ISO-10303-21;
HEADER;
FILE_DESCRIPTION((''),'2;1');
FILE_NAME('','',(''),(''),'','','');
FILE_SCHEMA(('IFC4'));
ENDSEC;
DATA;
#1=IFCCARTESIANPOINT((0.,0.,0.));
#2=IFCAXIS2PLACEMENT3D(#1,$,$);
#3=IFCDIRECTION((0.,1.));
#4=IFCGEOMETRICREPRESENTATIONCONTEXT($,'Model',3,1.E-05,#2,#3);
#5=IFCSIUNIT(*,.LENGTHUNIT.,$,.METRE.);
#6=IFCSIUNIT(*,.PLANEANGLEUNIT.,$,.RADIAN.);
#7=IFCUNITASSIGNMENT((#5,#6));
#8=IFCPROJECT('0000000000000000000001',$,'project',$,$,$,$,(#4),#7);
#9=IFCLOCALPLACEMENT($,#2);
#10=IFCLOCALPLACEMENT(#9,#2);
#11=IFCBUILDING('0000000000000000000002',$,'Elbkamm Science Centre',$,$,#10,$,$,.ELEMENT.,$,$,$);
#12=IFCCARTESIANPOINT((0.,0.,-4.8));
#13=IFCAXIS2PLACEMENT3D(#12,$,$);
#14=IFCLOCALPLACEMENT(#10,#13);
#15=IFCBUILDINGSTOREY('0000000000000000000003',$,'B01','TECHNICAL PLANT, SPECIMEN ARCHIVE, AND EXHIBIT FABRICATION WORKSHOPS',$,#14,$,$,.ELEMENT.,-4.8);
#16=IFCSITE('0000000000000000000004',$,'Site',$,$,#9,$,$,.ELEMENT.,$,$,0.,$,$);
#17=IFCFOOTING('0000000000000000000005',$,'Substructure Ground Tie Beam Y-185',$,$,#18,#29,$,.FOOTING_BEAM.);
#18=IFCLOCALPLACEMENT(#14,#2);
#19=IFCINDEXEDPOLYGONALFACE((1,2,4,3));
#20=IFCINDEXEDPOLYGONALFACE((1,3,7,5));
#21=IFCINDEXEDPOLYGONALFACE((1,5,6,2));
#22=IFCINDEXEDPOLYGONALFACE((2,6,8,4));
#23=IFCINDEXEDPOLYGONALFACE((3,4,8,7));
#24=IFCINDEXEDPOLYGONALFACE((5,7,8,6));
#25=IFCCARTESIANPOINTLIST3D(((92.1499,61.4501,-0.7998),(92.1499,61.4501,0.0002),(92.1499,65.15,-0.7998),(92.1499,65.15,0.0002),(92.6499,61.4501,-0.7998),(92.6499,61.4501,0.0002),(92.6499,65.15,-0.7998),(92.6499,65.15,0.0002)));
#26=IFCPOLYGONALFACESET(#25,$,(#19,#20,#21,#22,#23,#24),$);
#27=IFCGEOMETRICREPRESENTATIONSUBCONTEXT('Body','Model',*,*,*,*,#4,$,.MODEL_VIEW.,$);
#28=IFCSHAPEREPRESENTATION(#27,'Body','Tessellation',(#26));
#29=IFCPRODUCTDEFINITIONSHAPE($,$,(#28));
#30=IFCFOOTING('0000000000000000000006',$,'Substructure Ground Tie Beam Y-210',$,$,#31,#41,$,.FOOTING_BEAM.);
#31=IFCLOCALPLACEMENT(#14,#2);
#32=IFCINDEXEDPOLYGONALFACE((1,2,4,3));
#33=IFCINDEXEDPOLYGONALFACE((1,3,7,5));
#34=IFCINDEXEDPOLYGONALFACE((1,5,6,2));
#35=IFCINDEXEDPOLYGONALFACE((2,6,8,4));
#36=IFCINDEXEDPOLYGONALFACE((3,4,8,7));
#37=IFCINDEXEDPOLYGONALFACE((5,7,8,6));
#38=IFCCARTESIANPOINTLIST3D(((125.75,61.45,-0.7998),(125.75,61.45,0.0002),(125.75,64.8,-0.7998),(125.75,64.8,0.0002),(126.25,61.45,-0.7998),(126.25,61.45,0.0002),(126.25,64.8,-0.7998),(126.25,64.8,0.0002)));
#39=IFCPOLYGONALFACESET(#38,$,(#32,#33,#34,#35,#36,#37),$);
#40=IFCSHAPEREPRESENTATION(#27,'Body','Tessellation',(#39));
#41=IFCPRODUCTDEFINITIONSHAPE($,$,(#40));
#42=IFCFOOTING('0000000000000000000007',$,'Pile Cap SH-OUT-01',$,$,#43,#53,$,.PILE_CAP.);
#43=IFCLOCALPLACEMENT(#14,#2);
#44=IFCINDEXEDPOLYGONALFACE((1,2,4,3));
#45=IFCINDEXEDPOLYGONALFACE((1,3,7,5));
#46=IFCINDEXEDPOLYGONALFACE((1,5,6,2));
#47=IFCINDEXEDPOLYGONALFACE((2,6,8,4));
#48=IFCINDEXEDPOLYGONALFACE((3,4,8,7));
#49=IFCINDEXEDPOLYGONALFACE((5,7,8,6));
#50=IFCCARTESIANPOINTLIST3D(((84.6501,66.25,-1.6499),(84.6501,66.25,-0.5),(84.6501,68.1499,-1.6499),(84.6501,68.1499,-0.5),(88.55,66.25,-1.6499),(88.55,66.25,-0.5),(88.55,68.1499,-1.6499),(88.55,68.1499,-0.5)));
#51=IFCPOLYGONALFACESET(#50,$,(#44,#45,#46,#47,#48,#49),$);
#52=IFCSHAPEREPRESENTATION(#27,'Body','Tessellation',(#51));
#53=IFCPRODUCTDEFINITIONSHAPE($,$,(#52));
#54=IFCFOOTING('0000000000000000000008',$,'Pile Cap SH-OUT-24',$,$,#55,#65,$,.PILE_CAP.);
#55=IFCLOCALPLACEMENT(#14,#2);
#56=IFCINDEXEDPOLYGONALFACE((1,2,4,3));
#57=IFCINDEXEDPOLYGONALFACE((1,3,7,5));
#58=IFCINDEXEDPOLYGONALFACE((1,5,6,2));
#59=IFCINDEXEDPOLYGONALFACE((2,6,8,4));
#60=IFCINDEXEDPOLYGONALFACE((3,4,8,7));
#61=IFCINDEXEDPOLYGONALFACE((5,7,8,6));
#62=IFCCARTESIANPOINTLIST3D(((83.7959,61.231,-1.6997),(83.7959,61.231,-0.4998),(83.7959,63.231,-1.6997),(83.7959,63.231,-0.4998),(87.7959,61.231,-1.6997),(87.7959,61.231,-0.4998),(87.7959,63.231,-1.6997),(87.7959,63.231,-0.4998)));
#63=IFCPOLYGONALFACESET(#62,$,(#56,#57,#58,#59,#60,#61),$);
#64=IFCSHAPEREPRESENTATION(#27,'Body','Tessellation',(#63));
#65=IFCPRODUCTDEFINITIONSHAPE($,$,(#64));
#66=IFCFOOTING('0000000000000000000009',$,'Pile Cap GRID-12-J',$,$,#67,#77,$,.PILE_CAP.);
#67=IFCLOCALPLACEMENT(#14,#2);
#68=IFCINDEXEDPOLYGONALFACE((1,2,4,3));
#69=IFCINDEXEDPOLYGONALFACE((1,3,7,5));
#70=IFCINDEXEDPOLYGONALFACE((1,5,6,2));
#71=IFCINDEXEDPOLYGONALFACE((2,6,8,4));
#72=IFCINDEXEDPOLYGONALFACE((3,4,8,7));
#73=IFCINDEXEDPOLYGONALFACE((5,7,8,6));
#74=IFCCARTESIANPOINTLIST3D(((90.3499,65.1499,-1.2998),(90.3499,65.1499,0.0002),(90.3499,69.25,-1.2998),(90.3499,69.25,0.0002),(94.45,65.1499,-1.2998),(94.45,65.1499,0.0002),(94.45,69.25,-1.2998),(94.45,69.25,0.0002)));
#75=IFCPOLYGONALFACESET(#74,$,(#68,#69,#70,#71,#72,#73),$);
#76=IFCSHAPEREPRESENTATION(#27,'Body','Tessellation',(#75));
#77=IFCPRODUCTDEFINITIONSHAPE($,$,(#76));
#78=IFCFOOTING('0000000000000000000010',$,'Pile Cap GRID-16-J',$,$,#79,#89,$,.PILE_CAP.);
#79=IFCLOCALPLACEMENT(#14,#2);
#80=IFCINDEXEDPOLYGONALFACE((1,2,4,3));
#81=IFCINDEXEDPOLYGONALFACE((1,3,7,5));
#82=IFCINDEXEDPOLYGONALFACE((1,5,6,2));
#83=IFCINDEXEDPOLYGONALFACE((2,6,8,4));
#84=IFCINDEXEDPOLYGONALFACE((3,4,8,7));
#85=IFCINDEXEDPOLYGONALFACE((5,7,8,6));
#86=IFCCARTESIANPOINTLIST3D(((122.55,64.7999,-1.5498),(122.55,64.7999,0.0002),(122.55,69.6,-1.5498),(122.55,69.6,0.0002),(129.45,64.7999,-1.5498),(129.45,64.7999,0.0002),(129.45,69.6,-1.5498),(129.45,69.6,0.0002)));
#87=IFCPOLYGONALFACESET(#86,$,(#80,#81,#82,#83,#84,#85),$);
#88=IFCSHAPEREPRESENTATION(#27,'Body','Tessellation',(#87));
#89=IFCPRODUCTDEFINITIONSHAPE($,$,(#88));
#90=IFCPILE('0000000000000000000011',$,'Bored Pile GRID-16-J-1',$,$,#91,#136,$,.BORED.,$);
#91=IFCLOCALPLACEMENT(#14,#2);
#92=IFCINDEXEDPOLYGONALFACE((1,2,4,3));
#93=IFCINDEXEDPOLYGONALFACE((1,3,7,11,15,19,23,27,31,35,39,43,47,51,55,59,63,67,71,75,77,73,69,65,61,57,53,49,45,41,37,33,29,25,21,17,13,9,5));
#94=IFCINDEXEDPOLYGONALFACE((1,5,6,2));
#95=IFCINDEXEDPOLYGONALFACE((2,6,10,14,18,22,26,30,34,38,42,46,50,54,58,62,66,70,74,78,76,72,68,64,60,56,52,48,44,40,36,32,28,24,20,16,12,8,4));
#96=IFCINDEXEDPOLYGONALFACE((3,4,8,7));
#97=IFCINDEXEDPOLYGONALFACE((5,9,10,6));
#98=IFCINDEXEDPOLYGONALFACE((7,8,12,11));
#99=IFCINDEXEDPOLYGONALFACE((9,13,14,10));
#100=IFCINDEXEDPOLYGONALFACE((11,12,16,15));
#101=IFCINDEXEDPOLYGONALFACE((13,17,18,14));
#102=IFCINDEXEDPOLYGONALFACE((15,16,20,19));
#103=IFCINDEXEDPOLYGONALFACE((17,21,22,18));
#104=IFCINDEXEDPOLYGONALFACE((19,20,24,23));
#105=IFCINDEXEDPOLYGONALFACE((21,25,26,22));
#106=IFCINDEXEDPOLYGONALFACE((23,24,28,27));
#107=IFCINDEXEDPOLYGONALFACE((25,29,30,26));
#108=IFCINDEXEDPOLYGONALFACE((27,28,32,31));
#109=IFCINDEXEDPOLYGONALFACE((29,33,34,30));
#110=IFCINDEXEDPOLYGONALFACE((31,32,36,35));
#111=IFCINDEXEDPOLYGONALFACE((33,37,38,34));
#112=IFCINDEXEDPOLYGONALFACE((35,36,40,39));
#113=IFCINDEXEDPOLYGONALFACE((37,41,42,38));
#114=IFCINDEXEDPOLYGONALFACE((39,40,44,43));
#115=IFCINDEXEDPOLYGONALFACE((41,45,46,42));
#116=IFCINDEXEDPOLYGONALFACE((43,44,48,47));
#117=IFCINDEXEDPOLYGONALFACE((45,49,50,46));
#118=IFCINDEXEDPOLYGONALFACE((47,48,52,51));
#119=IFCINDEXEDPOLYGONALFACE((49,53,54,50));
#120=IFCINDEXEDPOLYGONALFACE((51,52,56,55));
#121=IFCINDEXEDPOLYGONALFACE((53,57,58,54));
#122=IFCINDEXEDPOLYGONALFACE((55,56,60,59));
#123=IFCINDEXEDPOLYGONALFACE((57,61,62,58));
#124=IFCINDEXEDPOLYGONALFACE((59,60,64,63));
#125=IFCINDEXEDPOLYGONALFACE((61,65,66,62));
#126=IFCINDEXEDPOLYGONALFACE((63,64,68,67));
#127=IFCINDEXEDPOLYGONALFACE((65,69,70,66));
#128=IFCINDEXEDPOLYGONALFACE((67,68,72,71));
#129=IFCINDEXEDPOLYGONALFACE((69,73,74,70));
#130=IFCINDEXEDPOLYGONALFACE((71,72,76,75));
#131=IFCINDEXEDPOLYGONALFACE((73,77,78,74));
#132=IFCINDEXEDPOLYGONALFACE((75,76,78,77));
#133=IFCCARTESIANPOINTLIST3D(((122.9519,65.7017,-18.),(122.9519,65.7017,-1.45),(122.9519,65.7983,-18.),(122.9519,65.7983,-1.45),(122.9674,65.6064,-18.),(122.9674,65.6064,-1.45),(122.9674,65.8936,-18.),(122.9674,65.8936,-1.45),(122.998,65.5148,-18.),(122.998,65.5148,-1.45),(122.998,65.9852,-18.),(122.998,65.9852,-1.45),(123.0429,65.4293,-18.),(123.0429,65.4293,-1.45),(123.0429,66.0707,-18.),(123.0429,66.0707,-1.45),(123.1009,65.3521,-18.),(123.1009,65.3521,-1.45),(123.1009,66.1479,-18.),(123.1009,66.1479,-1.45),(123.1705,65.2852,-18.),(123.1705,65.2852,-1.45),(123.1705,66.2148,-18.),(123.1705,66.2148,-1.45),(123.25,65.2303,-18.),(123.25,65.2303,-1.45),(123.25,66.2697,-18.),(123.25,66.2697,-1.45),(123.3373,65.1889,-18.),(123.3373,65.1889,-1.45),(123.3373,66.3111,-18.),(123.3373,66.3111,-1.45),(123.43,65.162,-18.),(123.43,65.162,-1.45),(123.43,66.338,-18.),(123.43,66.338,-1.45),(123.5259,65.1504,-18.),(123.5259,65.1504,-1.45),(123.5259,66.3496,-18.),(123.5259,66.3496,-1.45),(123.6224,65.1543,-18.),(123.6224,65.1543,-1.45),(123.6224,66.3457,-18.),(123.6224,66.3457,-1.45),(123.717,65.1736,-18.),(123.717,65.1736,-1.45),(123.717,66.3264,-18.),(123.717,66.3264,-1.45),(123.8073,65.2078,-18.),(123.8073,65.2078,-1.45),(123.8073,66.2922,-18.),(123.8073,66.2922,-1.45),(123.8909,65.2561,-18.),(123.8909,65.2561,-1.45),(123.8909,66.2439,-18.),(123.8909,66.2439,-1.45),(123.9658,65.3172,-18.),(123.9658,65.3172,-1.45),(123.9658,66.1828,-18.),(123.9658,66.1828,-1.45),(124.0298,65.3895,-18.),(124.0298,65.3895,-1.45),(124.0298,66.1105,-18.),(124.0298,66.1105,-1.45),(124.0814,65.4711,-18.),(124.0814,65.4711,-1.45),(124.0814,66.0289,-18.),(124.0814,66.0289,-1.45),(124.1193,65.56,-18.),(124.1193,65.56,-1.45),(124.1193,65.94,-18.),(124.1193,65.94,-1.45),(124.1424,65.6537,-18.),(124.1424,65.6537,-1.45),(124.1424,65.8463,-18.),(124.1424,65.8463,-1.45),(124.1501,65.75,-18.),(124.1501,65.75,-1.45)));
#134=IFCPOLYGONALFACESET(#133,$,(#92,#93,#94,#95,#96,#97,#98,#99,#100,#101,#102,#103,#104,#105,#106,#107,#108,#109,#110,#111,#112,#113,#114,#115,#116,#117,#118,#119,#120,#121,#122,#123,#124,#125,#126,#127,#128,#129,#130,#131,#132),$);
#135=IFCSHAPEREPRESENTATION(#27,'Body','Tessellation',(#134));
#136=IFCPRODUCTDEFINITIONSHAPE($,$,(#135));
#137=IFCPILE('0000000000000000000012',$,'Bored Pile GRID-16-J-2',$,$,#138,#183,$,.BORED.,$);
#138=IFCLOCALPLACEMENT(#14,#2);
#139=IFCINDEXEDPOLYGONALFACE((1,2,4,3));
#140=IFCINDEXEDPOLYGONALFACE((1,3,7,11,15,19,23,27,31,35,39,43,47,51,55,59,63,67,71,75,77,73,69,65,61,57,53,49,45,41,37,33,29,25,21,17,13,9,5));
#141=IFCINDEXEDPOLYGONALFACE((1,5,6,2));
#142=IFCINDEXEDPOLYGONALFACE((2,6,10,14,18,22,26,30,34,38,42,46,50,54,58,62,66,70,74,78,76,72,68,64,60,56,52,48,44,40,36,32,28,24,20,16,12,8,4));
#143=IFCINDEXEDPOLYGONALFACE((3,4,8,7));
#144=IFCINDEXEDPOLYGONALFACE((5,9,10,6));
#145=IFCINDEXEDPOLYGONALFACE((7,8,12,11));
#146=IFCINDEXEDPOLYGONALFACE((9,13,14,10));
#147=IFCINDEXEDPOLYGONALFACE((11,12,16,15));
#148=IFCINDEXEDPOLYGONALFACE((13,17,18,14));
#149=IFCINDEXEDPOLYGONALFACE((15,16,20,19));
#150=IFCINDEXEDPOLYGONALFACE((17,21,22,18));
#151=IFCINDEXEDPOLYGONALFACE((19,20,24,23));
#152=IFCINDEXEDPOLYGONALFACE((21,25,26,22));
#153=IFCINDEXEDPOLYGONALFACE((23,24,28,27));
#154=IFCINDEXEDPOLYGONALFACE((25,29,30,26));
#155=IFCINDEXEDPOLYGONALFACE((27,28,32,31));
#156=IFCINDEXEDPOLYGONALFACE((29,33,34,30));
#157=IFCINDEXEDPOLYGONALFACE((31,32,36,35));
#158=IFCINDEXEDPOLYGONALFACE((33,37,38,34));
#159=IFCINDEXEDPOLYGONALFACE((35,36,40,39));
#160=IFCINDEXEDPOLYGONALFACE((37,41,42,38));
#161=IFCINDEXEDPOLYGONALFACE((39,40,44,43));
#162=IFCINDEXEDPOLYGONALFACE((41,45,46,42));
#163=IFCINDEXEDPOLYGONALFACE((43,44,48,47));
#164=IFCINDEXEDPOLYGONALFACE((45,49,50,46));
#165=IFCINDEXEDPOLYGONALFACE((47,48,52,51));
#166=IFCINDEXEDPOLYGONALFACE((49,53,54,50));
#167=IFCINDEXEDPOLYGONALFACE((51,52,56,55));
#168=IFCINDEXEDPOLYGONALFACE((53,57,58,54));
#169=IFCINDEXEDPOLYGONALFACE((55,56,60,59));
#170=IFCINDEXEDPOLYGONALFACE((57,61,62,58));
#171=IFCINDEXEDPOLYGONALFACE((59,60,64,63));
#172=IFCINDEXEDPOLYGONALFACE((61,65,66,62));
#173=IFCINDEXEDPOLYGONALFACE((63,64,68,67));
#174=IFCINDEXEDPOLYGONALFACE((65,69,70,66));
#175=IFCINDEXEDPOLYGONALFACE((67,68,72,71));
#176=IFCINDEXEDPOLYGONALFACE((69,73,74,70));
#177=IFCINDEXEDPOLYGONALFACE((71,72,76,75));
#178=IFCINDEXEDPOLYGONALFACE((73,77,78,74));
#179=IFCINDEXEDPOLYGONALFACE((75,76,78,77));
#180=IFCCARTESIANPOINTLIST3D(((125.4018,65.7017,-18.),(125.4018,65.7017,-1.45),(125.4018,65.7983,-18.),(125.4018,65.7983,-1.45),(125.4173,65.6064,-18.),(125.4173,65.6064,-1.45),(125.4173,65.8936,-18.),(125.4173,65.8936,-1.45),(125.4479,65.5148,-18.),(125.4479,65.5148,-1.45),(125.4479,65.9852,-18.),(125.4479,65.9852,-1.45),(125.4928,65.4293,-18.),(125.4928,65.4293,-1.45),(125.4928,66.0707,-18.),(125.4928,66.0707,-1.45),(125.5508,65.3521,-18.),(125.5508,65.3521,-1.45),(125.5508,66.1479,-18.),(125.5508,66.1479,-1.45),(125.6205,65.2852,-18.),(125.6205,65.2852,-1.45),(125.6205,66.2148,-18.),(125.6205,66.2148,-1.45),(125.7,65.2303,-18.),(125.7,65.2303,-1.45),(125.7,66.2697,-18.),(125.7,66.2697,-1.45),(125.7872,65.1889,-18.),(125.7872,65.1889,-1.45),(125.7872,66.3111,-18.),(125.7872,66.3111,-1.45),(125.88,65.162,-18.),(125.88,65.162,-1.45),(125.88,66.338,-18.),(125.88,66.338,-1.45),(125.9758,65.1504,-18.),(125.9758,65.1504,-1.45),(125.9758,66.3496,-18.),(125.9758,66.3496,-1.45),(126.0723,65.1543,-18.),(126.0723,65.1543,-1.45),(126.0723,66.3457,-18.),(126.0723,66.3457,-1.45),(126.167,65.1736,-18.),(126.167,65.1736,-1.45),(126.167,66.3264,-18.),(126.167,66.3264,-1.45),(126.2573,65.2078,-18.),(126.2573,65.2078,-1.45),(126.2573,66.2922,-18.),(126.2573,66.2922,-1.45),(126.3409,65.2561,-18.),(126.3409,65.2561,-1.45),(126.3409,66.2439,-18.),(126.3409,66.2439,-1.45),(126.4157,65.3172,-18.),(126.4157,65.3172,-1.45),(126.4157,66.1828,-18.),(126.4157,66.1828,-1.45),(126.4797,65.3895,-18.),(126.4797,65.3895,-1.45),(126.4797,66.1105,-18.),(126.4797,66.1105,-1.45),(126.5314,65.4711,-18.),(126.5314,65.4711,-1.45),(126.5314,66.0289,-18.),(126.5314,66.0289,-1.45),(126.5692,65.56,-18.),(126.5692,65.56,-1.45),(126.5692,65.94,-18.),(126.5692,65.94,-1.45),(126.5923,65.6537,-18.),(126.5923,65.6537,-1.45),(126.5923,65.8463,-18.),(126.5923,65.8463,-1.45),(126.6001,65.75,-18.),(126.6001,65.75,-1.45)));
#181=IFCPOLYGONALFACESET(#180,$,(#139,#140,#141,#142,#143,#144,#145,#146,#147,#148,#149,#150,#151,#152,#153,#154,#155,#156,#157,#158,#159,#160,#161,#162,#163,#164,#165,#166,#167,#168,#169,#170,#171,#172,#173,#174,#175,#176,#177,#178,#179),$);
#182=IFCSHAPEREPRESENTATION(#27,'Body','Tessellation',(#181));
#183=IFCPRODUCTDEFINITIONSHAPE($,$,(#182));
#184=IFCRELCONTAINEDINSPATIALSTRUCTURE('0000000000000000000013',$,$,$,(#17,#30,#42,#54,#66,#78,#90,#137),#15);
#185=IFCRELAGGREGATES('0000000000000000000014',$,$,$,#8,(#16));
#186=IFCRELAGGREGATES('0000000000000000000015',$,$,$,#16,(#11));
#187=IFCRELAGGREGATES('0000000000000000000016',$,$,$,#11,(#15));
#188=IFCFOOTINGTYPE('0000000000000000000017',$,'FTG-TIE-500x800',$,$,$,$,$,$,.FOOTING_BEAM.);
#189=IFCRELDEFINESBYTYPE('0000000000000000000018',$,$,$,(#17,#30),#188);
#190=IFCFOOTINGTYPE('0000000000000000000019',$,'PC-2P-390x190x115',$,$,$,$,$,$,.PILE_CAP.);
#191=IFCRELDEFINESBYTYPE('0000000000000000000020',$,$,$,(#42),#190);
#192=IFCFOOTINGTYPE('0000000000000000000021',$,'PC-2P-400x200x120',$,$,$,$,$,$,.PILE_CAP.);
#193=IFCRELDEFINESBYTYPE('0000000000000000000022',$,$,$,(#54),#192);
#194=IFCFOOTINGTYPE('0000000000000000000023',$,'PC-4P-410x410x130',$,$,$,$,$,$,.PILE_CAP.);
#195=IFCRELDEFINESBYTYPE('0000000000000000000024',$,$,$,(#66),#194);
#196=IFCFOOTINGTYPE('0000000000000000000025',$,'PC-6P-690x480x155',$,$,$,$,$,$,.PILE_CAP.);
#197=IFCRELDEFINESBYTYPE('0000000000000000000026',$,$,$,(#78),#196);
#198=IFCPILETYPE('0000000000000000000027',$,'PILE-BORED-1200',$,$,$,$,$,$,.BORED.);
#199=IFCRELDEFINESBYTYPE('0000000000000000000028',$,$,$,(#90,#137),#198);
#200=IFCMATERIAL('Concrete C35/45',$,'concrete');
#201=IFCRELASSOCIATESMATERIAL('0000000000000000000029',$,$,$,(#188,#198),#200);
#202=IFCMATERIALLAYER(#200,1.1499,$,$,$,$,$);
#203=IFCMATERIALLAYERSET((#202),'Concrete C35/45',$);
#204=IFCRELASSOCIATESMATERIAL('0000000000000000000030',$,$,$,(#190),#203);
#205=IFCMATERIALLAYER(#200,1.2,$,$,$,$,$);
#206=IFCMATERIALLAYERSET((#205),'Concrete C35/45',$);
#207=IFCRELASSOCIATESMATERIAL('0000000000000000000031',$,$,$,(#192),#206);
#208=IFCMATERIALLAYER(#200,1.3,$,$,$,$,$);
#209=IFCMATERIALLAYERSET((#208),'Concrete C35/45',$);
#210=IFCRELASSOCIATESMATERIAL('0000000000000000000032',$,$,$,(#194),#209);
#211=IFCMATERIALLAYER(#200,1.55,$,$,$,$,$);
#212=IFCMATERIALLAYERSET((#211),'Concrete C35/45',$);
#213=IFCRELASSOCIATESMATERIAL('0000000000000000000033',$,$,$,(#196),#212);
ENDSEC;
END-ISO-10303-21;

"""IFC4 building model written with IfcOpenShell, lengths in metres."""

from ifc_helpers import new_model, si_unit, direction, frame, origin, origin_2d, place, context, subcontext, project, spatial, rectangle, circle, extrude, material, layer, layer_set, material_profile, profile_set, type_object, element, save


model = new_model("IFC4")

# Units and contexts
model_context = context("Model", 3, precision=1e-05, world=origin(), true_north=direction((0.0, 1.0)))
body_context = subcontext(model_context, "Body", "Model", "MODEL_VIEW")
ifc_project = project(units=[si_unit("LENGTHUNIT", "METRE"), si_unit("PLANEANGLEUNIT", "RADIAN")], contexts=[model_context])

# Site, building, storey
site_placement = place(None, origin())
site = spatial("IfcSite", under=ifc_project, at=site_placement, Name="Site", CompositionType="ELEMENT", RefElevation=0.0)
building_placement = place(site_placement, origin())
building = spatial("IfcBuilding", under=site, at=building_placement, Name="Elbkamm Science Centre", CompositionType="ELEMENT")
storey_placement = place(building_placement, frame((0.0, 0.0, -4.8)))
storey = spatial("IfcBuildingStorey", under=building, at=storey_placement, Name="B01", Description="TECHNICAL PLANT, SPECIMEN ARCHIVE, AND EXHIBIT FABRICATION WORKSHOPS", CompositionType="ELEMENT", Elevation=-4.8)

# Footings
ifc_material_1 = material(Name="Concrete C35/45", Category="concrete")
footing_type_1 = type_object("IfcFootingType", Name="FTG-TIE-500x800", PredefinedType="FOOTING_BEAM", material=ifc_material_1)
footing_1_placement = place(storey_placement, frame((92.3999, 63.3, -0.7998), z_axis=(0.0, 0.0, 1.0), x_axis=(1.0, 0.0, 0.0)))
element("IfcFooting", 1, at=footing_1_placement, inside=storey, type_object=footing_type_1, Name="Substructure Ground Tie Beam Y-185", PredefinedType="FOOTING_BEAM", context=body_context, shape_type="SweptSolid", body=[
    extrude(rectangle(XDim=0.5, YDim=3.7, at=origin_2d()), origin(), (0.0, 0.0, 1.0), 0.8),
])
footing_2_placement = place(storey_placement, frame((126.0, 63.125, -0.7998), z_axis=(0.0, 0.0, 1.0), x_axis=(1.0, 0.0, 0.0)))
element("IfcFooting", 2, at=footing_2_placement, inside=storey, type_object=footing_type_1, Name="Substructure Ground Tie Beam Y-210", PredefinedType="FOOTING_BEAM", context=body_context, shape_type="SweptSolid", body=[
    extrude(rectangle(XDim=0.5, YDim=3.3501, at=origin_2d()), origin(), (0.0, 0.0, 1.0), 0.8),
])
ifc_layer_1 = layer(ifc_material_1, 1.1499)
ifc_layer_set_1 = layer_set([ifc_layer_1], Name="Concrete C35/45")
footing_type_2 = type_object("IfcFootingType", Name="PC-2P-390x190x115", PredefinedType="PILE_CAP", material=ifc_layer_set_1)
footing_3_placement = place(storey_placement, frame((86.6001, 67.2, -1.6499), z_axis=(0.0, 0.0, 1.0), x_axis=(1.0, 0.0, 0.0)))
element("IfcFooting", 3, at=footing_3_placement, inside=storey, type_object=footing_type_2, Name="Pile Cap SH-OUT-01", PredefinedType="PILE_CAP", context=body_context, shape_type="SweptSolid", body=[
    extrude(rectangle(XDim=3.8999, YDim=1.8999, at=origin_2d()), origin(), (0.0, 0.0, 1.0), 1.1499),
])
ifc_layer_2 = layer(ifc_material_1, 1.2)
ifc_layer_set_2 = layer_set([ifc_layer_2], Name="Concrete C35/45")
footing_type_3 = type_object("IfcFootingType", Name="PC-2P-400x200x120", PredefinedType="PILE_CAP", material=ifc_layer_set_2)
footing_4_placement = place(storey_placement, frame((85.7959, 62.231, -1.6997), z_axis=(0.0, 0.0, 1.0), x_axis=(1.0, 0.0, 0.0)))
element("IfcFooting", 4, at=footing_4_placement, inside=storey, type_object=footing_type_3, Name="Pile Cap SH-OUT-24", PredefinedType="PILE_CAP", context=body_context, shape_type="SweptSolid", body=[
    extrude(rectangle(XDim=4.0, YDim=2.0, at=origin_2d()), origin(), (0.0, 0.0, 1.0), 1.2),
])
ifc_layer_3 = layer(ifc_material_1, 1.3)
ifc_layer_set_3 = layer_set([ifc_layer_3], Name="Concrete C35/45")
footing_type_4 = type_object("IfcFootingType", Name="PC-4P-410x410x130", PredefinedType="PILE_CAP", material=ifc_layer_set_3)
footing_5_placement = place(storey_placement, frame((92.3999, 67.2, -1.2998), z_axis=(0.0, 0.0, 1.0), x_axis=(1.0, 0.0, 0.0)))
element("IfcFooting", 5, at=footing_5_placement, inside=storey, type_object=footing_type_4, Name="Pile Cap GRID-12-J", PredefinedType="PILE_CAP", context=body_context, shape_type="SweptSolid", body=[
    extrude(rectangle(XDim=4.1001, YDim=4.1001, at=origin_2d()), origin(), (0.0, 0.0, 1.0), 1.3),
])
ifc_layer_4 = layer(ifc_material_1, 1.55)
ifc_layer_set_4 = layer_set([ifc_layer_4], Name="Concrete C35/45")
footing_type_5 = type_object("IfcFootingType", Name="PC-6P-690x480x155", PredefinedType="PILE_CAP", material=ifc_layer_set_4)
footing_6_placement = place(storey_placement, frame((126.0, 67.2, -1.5498), z_axis=(0.0, 0.0, 1.0), x_axis=(1.0, 0.0, 0.0)))
element("IfcFooting", 6, at=footing_6_placement, inside=storey, type_object=footing_type_5, Name="Pile Cap GRID-16-J", PredefinedType="PILE_CAP", context=body_context, shape_type="SweptSolid", body=[
    extrude(rectangle(XDim=6.8999, YDim=4.8, at=origin_2d()), origin(), (0.0, 0.0, 1.0), 1.55),
])

# Piles
ifc_material_profile_1 = material_profile(ifc_material_1, circle(Radius=0.6001, at=origin_2d()), Name="PILE D1200")
ifc_profile_set_1 = profile_set([ifc_material_profile_1], Name="Concrete C35/45")
pile_type_1 = type_object("IfcPileType", Name="PILE-BORED-1200", PredefinedType="BORED", material=ifc_profile_set_1)
for number, where, z_axis, x_axis, name in (
    (7, (123.55, 65.75, -1.45), (0.0, 0.0, -1.0), (1.0, 0.0, 0.0), "Bored Pile GRID-16-J-1"),
    (8, (126.0, 65.75, -1.45), (0.0, 0.0, -1.0), (1.0, 0.0, 0.0), "Bored Pile GRID-16-J-2"),
):
    element("IfcPile", number, at=place(storey_placement, frame(where, z_axis=z_axis, x_axis=x_axis)), inside=storey, type_object=pile_type_1, Name=name, PredefinedType="BORED", context=body_context, shape_type="SweptSolid", body=[
        extrude(circle(Radius=0.6001, at=origin_2d()), origin(), (0.0, 0.0, 1.0), 16.55),
    ])

save(model, "model.ifc")
